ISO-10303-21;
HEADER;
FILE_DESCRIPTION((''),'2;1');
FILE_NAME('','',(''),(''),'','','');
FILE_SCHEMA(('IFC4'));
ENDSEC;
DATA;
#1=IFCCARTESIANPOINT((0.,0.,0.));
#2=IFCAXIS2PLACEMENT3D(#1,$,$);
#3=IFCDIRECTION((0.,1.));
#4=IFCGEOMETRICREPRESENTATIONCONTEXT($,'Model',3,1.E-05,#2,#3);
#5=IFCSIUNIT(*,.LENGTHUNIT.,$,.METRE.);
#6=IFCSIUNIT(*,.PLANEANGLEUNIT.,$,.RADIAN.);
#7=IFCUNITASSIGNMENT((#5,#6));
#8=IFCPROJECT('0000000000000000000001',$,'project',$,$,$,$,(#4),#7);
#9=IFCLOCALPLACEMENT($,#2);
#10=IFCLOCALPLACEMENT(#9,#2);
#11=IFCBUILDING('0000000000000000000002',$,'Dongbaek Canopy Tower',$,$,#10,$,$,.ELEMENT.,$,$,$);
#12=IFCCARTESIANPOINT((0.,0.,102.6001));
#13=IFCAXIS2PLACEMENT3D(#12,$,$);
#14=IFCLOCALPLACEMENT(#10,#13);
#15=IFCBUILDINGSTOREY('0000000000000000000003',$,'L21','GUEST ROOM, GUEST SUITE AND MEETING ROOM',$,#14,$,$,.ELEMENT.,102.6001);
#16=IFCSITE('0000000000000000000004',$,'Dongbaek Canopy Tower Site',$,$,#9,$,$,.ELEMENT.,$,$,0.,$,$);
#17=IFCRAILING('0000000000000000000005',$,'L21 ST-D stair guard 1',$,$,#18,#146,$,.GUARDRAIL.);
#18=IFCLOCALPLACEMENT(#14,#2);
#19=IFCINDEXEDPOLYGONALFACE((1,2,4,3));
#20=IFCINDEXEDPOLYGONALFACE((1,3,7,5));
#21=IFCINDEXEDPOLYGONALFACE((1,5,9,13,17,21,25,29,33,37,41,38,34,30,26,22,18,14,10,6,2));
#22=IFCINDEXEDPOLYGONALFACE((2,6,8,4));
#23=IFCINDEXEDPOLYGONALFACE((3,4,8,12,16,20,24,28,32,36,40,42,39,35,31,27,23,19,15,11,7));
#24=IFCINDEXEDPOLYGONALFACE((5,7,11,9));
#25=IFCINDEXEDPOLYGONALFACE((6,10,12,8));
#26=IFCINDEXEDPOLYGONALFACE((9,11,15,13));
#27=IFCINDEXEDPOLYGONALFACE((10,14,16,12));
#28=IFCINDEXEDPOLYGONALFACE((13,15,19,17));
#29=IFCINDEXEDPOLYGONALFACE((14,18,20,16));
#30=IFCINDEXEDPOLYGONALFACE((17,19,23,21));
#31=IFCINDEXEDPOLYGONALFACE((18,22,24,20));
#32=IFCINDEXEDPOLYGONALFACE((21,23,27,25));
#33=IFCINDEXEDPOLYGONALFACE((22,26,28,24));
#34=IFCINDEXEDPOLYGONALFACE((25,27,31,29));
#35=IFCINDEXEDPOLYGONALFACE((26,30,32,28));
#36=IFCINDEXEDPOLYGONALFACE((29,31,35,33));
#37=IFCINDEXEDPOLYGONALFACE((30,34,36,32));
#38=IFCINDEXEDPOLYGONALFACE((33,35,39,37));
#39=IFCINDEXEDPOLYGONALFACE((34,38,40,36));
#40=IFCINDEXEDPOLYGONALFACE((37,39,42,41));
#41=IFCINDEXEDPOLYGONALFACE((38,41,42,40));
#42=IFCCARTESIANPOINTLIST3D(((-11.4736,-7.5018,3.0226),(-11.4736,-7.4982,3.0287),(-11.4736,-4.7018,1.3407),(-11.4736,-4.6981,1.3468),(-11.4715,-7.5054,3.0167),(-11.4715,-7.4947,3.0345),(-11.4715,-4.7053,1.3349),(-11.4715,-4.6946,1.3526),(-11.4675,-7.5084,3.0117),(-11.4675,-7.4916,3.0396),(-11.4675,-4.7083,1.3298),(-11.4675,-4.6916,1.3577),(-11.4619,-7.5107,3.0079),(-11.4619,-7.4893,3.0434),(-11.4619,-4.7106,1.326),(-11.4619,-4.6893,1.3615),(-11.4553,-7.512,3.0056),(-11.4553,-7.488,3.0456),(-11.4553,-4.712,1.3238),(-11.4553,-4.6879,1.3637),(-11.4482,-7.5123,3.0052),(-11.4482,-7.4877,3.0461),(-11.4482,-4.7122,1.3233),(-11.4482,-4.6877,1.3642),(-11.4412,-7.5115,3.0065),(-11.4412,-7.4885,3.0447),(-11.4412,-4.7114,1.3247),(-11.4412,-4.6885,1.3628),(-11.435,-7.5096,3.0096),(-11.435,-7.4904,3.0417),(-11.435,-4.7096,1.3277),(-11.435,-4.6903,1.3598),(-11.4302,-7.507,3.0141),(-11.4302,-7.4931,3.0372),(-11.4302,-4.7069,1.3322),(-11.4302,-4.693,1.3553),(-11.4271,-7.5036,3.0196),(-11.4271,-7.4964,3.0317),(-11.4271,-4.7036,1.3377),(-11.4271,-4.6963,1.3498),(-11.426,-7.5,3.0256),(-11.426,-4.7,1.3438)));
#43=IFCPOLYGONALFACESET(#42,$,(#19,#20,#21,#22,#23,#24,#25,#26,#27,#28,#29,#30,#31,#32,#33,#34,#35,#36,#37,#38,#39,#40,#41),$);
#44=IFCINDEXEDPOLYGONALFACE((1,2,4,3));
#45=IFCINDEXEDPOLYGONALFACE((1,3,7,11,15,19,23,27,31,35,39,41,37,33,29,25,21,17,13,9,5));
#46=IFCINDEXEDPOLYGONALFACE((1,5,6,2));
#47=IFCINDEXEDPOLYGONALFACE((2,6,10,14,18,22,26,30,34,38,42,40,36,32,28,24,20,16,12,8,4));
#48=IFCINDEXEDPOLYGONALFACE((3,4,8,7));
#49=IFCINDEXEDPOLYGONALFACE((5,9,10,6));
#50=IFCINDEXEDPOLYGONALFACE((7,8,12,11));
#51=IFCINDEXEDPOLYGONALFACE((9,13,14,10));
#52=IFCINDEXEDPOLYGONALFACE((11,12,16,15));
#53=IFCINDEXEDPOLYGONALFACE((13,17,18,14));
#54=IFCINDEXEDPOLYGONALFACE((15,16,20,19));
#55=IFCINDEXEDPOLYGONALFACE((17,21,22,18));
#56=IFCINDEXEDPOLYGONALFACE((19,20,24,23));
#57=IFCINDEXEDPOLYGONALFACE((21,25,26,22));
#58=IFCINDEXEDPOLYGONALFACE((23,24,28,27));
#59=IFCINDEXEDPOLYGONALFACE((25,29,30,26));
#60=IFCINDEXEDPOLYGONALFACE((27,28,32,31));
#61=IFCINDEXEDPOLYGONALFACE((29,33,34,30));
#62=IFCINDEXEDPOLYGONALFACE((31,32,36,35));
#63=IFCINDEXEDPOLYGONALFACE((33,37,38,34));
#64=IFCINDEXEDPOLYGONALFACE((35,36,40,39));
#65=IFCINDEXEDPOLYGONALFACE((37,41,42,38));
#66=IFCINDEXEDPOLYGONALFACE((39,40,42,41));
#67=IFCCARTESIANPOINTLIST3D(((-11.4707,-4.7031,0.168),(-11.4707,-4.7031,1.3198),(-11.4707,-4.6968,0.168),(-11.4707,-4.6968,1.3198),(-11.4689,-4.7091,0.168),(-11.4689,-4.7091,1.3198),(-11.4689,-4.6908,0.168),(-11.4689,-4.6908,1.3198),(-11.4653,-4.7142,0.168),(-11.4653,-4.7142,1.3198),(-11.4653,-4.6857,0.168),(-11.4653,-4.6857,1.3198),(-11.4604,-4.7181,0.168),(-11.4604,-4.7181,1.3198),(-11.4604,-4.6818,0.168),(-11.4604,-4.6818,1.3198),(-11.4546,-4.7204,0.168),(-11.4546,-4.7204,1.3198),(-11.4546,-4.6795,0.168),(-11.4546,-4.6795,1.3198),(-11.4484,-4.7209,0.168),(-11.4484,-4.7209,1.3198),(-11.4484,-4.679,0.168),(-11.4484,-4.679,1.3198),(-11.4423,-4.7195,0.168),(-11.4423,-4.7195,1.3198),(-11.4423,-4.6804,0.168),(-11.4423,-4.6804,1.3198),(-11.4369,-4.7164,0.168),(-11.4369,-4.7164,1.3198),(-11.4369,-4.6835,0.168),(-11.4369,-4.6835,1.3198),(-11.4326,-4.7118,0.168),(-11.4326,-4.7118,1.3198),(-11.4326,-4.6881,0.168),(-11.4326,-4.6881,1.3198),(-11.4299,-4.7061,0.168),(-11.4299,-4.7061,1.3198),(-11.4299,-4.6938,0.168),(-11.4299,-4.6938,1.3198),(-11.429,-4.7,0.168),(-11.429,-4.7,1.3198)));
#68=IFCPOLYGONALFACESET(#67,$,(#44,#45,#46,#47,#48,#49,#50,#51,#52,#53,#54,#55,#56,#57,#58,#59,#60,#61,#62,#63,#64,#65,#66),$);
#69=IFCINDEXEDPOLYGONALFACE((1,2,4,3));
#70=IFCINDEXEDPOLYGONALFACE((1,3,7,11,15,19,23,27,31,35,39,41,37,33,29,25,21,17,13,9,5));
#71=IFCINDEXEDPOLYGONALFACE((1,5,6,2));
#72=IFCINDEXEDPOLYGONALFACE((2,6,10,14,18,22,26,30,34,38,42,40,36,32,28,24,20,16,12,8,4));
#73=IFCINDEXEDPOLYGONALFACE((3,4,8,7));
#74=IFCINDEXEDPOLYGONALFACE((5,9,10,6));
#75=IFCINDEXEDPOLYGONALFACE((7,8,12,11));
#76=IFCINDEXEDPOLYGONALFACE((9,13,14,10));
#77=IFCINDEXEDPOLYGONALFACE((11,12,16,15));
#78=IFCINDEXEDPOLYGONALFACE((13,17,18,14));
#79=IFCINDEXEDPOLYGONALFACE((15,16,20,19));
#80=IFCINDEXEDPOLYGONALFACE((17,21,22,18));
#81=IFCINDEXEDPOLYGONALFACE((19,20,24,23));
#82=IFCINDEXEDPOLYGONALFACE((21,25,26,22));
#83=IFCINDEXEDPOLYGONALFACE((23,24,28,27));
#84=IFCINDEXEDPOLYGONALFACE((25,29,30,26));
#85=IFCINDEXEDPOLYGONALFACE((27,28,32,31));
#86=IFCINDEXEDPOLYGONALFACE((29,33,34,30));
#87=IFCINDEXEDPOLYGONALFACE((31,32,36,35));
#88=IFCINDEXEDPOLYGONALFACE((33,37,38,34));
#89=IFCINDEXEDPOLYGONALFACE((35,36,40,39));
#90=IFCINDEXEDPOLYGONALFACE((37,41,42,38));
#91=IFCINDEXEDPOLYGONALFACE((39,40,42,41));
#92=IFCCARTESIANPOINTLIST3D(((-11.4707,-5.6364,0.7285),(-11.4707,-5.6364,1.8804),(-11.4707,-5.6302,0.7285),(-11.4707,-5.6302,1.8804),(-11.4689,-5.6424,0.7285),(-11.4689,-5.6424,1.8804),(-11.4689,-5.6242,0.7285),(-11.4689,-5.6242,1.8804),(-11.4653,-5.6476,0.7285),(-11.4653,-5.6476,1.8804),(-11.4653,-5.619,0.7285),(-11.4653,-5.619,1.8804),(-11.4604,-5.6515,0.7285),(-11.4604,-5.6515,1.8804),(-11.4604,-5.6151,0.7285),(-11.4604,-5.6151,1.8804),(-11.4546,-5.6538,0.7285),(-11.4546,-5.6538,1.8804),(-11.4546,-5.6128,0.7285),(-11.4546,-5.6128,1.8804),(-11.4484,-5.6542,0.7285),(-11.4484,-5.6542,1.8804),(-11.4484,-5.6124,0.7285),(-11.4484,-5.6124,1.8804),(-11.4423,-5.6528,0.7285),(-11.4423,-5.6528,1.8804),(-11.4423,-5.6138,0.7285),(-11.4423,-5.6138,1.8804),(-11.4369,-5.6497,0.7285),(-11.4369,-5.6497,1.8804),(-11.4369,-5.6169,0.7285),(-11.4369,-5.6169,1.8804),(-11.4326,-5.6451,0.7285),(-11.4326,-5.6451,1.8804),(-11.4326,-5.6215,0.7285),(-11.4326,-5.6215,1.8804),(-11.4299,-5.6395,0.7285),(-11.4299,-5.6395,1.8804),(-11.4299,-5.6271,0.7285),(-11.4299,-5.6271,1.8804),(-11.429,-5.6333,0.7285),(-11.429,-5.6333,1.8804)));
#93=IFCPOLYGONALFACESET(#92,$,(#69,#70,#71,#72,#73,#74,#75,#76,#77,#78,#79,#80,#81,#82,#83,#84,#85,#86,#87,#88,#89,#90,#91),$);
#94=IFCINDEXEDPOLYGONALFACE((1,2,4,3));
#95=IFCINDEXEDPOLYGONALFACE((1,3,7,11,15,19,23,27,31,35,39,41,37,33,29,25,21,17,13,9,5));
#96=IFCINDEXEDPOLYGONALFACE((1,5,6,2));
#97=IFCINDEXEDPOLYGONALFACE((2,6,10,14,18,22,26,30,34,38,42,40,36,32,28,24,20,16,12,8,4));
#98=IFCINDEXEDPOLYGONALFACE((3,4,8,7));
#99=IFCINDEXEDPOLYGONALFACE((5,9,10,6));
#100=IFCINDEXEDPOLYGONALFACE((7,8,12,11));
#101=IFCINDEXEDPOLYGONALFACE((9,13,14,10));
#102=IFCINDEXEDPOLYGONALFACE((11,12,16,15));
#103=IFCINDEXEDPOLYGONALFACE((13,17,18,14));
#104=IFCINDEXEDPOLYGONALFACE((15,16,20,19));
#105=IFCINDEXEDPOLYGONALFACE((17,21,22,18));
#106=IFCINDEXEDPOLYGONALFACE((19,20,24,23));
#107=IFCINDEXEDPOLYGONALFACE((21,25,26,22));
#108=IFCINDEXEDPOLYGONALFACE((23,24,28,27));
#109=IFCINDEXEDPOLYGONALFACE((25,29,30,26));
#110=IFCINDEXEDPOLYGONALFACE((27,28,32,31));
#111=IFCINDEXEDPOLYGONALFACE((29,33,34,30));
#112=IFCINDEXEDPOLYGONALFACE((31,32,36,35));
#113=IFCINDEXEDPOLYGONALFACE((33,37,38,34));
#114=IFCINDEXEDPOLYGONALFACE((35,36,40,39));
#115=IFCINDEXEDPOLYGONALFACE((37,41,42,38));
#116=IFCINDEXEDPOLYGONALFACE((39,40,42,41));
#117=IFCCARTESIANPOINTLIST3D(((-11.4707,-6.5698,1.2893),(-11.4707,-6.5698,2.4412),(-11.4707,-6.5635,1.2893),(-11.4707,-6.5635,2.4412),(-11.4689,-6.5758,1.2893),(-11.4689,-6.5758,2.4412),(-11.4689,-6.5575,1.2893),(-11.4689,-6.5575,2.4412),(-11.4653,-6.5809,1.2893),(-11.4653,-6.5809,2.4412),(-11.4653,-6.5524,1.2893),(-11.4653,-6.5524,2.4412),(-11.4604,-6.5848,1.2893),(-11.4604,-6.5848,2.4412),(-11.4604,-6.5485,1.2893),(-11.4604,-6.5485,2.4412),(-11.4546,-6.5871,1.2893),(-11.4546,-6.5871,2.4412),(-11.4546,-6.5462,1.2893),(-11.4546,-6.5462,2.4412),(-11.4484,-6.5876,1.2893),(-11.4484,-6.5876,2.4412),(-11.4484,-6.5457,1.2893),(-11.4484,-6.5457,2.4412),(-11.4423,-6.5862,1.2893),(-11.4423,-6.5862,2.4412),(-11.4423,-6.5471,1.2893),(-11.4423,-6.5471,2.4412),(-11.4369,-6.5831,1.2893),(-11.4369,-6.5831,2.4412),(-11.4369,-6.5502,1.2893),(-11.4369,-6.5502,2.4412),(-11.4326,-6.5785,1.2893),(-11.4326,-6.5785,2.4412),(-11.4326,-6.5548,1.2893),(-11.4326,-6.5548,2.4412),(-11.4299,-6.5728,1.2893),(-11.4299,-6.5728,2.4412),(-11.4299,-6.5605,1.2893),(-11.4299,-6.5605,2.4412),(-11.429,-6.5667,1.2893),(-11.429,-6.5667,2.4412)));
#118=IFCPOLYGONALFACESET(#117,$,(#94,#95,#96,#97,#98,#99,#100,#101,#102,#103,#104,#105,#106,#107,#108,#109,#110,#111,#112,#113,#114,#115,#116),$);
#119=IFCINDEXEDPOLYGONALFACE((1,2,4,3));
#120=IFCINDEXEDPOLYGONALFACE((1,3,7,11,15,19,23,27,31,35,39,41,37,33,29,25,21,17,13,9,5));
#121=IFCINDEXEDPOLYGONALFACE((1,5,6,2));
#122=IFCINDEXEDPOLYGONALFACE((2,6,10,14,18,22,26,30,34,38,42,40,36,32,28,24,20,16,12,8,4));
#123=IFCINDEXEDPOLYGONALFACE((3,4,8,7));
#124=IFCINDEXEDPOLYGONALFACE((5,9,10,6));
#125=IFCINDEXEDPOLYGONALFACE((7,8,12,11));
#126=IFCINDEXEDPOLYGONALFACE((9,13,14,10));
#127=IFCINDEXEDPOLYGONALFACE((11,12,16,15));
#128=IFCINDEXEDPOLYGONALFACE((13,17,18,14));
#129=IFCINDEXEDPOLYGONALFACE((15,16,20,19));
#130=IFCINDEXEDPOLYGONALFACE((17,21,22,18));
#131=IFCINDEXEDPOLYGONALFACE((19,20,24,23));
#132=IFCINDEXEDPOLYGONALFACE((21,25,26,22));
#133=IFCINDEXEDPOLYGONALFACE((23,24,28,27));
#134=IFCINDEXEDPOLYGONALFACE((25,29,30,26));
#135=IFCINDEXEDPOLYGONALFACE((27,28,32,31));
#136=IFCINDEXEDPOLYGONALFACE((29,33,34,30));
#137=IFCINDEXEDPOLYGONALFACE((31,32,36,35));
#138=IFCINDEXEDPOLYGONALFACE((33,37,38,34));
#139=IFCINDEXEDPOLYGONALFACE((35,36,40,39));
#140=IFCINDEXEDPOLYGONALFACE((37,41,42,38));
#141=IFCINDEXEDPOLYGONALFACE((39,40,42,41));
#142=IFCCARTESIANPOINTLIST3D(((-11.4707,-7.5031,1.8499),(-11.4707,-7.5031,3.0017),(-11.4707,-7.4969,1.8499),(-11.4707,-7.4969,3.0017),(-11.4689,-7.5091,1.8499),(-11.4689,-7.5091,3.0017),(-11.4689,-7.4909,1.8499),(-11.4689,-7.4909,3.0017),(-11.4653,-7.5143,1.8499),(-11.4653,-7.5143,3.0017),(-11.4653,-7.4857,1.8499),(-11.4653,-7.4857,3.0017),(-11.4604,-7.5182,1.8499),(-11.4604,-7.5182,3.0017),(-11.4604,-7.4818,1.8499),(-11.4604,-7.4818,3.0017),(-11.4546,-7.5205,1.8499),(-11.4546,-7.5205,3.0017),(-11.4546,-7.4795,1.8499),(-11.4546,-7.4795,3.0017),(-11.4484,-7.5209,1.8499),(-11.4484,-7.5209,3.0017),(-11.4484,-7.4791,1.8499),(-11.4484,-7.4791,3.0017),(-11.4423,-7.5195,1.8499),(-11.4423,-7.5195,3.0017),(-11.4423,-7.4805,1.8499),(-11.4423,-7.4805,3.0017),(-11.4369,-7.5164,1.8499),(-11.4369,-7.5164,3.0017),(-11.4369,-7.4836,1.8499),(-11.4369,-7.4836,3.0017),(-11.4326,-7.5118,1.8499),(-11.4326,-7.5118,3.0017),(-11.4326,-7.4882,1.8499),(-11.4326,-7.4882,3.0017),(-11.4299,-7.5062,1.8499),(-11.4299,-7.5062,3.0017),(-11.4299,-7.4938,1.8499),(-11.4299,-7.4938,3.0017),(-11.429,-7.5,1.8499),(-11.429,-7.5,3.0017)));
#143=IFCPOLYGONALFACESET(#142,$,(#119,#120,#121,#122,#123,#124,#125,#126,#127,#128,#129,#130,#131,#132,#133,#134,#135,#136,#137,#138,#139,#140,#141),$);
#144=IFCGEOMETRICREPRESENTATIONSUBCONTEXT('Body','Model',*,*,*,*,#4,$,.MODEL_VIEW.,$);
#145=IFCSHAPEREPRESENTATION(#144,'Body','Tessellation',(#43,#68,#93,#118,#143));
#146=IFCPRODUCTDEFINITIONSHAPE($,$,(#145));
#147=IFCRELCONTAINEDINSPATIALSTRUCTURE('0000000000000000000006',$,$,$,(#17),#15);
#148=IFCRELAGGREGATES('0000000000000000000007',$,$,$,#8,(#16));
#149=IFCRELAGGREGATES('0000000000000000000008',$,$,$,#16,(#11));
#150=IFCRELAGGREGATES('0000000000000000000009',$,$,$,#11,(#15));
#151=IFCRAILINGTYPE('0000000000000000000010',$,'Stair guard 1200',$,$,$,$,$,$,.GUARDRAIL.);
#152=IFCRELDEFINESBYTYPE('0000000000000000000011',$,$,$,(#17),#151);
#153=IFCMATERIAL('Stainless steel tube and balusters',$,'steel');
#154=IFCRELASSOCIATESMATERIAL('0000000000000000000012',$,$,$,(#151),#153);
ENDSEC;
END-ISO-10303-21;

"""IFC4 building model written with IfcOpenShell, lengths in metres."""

from ifc_helpers import new_model, si_unit, direction, frame, origin, origin_2d, place, context, subcontext, project, spatial, circle, extrude, material, type_object, element, save


model = new_model("IFC4")

# Units and contexts
model_context = context("Model", 3, precision=1e-05, world=origin(), true_north=direction((0.0, 1.0)))
body_context = subcontext(model_context, "Body", "Model", "MODEL_VIEW")
ifc_project = project(units=[si_unit("LENGTHUNIT", "METRE"), si_unit("PLANEANGLEUNIT", "RADIAN")], contexts=[model_context])

# Site, building, storey
site_placement = place(None, origin())
site = spatial("IfcSite", under=ifc_project, at=site_placement, Name="Dongbaek Canopy Tower Site", CompositionType="ELEMENT", RefElevation=0.0)
building_placement = place(site_placement, origin())
building = spatial("IfcBuilding", under=site, at=building_placement, Name="Dongbaek Canopy Tower", CompositionType="ELEMENT")
storey_placement = place(building_placement, frame((0.0, 0.0, 102.6001)))
storey = spatial("IfcBuildingStorey", under=building, at=storey_placement, Name="L21", Description="GUEST ROOM, GUEST SUITE AND MEETING ROOM", CompositionType="ELEMENT", Elevation=102.6001)

# Railing
ifc_material_1 = material(Name="Stainless steel tube and balusters", Category="steel")
railing_type_1 = type_object("IfcRailingType", Name="Stair guard 1200", PredefinedType="GUARDRAIL", material=ifc_material_1)
railing_1_placement = place(storey_placement, frame((-11.45, -4.7, 0.168)))
element("IfcRailing", 1, at=railing_1_placement, inside=storey, type_object=railing_type_1, Name="L21 ST-D stair guard 1", PredefinedType="GUARDRAIL", context=body_context, shape_type="SweptSolid", body=[
    extrude(circle(Radius=0.0239, at=origin_2d()), frame((0.0, 0.0, 1.1758), z_axis=(0.0, -0.857242, 0.514913), x_axis=(1.0, 0.0, 0.0)), (0.0, 0.0, 1.0), 3.2664),
    extrude(circle(Radius=0.021, at=origin_2d()), origin(), (0.0, 0.0, 1.0), 1.1519),
    extrude(circle(Radius=0.021, at=origin_2d()), frame((0.0, -0.9333, 0.5605)), (0.0, 0.0, 1.0), 1.1519),
    extrude(circle(Radius=0.021, at=origin_2d()), frame((0.0, -1.8667, 1.1213)), (0.0, 0.0, 1.0), 1.1519),
    extrude(circle(Radius=0.021, at=origin_2d()), frame((0.0, -2.8, 1.6819)), (0.0, 0.0, 1.0), 1.1519),
])

save(model, "model.ifc")
